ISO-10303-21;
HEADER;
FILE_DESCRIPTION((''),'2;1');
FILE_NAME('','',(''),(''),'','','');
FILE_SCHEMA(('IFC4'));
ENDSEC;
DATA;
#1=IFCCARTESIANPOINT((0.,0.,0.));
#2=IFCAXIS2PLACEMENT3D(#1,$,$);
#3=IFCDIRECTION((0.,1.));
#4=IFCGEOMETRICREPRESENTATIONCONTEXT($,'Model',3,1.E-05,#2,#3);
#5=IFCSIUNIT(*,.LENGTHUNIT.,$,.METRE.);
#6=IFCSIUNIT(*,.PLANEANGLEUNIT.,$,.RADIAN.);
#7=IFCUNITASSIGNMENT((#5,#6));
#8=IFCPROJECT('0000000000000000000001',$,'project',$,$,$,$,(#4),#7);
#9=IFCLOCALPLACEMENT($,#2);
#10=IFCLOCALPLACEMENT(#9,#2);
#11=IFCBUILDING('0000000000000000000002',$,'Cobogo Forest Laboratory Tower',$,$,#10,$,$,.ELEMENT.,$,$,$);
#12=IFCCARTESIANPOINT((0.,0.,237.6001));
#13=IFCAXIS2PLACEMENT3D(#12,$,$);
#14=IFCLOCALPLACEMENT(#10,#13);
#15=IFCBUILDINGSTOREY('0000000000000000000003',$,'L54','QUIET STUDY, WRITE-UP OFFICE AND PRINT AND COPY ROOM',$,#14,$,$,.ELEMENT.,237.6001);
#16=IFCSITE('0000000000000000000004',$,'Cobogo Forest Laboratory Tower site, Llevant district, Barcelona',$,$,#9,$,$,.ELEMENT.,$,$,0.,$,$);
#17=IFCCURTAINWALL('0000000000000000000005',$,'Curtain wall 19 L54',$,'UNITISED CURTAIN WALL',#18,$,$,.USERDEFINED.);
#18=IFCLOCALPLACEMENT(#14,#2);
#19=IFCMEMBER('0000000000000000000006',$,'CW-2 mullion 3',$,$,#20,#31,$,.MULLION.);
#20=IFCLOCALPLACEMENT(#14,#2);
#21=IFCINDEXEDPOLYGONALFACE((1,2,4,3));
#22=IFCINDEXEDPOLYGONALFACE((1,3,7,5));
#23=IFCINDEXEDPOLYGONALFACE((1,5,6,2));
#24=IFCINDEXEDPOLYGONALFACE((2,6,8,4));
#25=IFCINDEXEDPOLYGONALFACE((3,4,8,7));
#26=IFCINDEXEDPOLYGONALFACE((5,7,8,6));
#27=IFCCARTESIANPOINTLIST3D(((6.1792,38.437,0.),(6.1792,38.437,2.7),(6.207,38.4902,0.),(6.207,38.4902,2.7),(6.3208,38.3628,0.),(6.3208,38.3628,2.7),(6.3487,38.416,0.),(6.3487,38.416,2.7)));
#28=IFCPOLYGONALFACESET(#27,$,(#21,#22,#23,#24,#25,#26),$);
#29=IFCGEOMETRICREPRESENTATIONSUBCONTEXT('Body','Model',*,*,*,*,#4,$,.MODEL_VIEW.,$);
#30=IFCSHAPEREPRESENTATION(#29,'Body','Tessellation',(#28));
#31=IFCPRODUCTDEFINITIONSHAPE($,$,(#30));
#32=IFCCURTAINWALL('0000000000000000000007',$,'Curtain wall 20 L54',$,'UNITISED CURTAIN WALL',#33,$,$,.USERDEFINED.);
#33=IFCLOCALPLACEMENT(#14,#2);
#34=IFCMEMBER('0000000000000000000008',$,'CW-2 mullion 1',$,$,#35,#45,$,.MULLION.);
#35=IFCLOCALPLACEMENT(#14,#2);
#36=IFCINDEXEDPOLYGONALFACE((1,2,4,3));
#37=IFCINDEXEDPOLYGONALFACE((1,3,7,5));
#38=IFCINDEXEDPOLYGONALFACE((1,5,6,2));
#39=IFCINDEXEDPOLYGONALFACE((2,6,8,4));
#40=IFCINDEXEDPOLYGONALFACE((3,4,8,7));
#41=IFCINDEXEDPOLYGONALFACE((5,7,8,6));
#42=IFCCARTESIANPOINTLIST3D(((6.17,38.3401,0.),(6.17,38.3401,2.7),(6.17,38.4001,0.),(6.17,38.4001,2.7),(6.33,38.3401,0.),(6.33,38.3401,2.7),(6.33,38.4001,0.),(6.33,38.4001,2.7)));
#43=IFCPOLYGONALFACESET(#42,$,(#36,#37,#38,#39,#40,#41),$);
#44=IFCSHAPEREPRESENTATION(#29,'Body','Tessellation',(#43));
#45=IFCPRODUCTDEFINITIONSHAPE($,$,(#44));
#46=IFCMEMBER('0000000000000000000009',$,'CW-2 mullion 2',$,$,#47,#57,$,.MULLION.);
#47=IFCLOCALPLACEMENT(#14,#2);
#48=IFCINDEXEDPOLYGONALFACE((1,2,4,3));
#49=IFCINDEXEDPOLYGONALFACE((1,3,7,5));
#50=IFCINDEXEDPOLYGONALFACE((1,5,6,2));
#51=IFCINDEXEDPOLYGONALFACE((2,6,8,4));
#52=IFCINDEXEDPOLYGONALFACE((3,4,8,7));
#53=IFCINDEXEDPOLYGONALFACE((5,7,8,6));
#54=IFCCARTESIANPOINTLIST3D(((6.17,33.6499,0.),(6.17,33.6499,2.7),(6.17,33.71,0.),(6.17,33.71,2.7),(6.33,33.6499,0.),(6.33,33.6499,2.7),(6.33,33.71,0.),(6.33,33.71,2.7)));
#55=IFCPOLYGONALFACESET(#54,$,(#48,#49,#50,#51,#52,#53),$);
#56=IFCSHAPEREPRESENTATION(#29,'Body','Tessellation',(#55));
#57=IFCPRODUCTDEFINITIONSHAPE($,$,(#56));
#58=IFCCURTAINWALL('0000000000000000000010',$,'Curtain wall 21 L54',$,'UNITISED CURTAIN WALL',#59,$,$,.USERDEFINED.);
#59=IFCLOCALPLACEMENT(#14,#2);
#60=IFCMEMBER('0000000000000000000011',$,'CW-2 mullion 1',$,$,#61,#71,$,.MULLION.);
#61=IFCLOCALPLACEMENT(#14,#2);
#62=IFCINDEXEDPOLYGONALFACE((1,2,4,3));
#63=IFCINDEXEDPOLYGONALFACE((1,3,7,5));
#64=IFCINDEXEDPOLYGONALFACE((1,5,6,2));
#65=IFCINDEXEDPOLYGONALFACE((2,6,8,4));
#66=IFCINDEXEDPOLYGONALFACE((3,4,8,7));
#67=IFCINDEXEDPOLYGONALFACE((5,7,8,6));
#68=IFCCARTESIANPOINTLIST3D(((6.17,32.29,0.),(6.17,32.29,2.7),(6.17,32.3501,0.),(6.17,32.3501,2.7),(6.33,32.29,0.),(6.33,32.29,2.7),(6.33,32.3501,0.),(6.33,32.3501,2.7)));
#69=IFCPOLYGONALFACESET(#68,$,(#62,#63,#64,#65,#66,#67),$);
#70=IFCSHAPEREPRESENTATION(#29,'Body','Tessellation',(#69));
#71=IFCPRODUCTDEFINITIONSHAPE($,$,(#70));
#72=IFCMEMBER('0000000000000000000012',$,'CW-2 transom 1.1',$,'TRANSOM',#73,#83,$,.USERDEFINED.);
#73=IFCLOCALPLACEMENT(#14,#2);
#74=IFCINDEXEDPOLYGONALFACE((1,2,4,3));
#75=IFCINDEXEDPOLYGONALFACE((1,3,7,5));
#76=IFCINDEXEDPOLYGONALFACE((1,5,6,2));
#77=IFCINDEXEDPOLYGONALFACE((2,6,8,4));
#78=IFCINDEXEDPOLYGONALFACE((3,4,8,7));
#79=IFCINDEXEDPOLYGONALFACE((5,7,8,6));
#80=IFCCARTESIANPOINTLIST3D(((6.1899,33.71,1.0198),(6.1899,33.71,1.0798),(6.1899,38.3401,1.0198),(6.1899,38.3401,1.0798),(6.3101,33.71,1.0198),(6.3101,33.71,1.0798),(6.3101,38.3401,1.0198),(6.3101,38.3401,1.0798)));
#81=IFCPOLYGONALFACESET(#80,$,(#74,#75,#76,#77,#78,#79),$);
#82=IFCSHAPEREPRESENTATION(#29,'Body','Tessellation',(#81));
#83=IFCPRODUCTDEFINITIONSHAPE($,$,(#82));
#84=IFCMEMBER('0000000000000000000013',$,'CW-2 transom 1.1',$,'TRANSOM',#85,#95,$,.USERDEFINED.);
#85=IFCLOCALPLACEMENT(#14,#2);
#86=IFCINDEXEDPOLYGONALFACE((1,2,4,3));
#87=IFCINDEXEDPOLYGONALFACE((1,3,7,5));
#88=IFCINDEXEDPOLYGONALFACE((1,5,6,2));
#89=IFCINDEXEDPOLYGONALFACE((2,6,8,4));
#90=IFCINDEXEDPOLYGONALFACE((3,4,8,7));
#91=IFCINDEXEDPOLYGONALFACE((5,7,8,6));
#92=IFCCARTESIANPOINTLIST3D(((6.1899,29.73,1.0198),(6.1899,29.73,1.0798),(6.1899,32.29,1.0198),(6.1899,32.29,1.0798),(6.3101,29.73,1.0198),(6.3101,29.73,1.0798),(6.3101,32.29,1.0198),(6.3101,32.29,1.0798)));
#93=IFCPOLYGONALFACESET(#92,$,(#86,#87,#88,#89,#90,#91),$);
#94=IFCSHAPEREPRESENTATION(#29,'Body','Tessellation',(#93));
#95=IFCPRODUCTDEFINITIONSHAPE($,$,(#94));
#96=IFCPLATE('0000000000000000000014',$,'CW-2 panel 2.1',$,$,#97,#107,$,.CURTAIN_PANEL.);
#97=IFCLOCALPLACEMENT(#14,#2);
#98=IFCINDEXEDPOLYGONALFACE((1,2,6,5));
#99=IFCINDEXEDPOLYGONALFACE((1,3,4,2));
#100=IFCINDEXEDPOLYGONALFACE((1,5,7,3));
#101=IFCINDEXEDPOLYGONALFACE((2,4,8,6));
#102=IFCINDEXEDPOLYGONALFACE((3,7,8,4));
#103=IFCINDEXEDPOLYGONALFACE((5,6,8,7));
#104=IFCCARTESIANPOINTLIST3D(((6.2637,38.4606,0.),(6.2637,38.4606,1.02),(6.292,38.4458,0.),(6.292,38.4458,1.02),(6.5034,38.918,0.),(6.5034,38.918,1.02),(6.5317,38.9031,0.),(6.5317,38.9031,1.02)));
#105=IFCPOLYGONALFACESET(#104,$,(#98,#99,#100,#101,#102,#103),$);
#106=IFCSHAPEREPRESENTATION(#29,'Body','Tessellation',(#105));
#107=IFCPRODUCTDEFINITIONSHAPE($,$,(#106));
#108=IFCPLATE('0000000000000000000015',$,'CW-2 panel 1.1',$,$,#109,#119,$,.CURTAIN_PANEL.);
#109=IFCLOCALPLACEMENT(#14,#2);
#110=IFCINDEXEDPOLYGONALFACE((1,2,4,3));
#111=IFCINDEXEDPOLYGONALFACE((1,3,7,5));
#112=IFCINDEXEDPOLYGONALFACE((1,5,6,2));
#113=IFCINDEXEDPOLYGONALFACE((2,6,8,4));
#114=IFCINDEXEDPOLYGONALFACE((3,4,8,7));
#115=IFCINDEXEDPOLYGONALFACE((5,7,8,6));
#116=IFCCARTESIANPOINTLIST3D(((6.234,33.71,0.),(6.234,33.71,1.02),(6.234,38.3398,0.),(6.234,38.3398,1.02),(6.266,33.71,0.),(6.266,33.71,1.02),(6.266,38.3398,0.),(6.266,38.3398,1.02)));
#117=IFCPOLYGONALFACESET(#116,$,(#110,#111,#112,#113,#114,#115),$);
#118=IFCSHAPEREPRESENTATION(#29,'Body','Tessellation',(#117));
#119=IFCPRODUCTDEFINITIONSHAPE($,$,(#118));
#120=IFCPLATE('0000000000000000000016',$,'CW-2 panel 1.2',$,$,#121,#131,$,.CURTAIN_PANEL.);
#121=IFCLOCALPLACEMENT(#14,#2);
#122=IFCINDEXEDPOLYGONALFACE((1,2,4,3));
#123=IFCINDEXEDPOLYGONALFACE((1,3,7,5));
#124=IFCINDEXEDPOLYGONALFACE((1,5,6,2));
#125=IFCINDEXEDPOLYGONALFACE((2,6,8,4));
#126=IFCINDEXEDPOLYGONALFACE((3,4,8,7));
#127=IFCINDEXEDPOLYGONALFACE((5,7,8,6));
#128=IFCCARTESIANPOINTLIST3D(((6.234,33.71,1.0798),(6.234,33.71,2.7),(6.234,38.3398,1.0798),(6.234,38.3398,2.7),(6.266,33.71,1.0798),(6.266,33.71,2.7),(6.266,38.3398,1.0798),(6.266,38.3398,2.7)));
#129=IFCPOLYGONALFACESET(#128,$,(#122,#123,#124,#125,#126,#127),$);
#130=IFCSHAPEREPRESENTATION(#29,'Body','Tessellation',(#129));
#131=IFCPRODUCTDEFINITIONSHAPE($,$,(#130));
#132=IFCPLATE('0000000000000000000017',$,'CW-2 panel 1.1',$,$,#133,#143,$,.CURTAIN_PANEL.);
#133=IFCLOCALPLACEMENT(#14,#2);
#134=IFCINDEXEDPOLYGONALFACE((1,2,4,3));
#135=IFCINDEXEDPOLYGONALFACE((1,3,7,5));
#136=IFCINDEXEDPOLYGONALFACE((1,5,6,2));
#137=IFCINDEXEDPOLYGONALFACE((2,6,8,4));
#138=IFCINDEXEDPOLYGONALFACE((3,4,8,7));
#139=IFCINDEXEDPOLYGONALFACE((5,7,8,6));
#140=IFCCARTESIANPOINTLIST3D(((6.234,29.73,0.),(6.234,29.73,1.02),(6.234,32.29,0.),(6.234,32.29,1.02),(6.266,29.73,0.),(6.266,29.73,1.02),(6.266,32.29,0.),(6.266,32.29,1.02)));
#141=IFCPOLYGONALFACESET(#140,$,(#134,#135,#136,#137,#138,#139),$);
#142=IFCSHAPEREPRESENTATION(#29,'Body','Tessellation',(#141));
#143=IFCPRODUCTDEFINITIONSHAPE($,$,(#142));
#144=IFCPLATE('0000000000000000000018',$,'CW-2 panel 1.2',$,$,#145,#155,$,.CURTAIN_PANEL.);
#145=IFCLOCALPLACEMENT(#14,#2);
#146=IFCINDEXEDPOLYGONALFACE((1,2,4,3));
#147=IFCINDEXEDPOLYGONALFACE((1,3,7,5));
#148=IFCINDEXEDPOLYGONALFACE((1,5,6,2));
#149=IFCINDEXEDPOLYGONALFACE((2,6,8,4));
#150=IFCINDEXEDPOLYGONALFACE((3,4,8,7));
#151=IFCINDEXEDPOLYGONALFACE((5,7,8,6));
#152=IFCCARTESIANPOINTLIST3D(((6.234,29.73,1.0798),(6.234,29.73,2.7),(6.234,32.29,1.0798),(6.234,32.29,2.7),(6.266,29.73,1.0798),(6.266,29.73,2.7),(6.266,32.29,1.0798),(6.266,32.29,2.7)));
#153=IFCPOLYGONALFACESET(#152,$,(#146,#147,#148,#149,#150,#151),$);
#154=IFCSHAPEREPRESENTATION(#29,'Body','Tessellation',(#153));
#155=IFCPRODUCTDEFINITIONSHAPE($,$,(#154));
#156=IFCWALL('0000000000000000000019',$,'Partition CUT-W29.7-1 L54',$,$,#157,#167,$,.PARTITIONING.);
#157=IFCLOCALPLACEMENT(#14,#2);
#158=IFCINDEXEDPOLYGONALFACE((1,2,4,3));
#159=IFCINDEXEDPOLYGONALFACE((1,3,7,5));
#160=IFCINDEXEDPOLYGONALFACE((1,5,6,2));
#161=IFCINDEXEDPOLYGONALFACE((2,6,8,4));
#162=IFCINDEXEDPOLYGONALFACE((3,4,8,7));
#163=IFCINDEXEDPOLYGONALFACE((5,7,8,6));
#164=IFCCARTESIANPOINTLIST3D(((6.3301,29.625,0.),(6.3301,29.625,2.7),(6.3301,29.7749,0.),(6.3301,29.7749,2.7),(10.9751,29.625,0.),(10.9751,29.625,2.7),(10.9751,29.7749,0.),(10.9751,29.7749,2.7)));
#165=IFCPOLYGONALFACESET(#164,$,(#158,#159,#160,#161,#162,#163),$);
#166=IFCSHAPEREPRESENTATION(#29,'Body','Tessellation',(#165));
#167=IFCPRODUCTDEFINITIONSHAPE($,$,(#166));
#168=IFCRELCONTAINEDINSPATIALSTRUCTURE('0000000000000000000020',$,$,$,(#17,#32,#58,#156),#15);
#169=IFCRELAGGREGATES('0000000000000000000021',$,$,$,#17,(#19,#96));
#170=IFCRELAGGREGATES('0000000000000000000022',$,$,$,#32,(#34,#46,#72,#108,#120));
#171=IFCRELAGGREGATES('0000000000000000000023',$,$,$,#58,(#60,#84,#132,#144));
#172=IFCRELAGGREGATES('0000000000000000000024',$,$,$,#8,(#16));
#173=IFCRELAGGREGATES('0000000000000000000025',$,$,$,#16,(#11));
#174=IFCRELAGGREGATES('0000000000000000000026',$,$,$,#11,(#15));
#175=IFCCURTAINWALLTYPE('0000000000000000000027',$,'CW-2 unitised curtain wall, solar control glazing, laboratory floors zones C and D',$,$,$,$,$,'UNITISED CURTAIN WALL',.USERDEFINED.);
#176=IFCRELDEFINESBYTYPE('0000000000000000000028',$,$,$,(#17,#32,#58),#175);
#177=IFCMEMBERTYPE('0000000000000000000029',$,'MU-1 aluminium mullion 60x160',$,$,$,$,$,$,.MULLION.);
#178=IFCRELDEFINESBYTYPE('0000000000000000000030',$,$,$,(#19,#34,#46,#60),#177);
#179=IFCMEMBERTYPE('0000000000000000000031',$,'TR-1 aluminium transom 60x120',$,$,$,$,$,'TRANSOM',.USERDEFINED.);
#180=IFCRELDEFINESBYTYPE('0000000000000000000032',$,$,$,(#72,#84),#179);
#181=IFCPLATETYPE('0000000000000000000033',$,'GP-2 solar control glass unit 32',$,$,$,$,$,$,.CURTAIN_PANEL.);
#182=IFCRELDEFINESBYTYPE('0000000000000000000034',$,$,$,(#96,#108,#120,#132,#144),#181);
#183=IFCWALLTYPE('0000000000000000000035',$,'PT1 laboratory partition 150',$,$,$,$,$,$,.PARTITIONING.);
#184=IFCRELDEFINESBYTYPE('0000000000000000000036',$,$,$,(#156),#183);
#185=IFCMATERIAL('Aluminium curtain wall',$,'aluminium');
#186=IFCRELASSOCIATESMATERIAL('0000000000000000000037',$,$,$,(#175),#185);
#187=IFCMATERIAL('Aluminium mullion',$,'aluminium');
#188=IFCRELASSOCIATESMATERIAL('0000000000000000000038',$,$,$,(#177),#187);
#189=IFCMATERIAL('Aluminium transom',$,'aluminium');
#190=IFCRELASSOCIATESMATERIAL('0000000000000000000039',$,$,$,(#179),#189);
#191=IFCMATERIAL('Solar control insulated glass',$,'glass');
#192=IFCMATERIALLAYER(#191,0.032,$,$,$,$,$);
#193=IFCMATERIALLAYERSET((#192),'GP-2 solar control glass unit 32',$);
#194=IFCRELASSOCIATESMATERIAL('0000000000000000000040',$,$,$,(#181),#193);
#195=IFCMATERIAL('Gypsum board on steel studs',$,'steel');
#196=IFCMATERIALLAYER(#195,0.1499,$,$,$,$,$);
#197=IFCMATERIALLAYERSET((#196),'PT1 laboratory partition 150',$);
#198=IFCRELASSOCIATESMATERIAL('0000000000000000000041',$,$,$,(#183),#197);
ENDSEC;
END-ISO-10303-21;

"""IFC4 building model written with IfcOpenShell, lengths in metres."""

from ifc_helpers import new_model, si_unit, direction, frame, frame_2d, origin, origin_2d, place, context, subcontext, project, spatial, rectangle, extrude, material, layer, layer_set, material_profile, profile_set, type_object, element, aggregate, save


model = new_model("IFC4")

# Units and contexts
model_context = context("Model", 3, precision=1e-05, world=origin(), true_north=direction((0.0, 1.0)))
body_context = subcontext(model_context, "Body", "Model", "MODEL_VIEW")
ifc_project = project(units=[si_unit("LENGTHUNIT", "METRE"), si_unit("PLANEANGLEUNIT", "RADIAN")], contexts=[model_context])

# Site, building, storey
site_placement = place(None, origin())
site = spatial("IfcSite", under=ifc_project, at=site_placement, Name="Cobogo Forest Laboratory Tower site, Llevant district, Barcelona", CompositionType="ELEMENT", RefElevation=0.0)
building_placement = place(site_placement, origin())
building = spatial("IfcBuilding", under=site, at=building_placement, Name="Cobogo Forest Laboratory Tower", CompositionType="ELEMENT")
storey_placement = place(building_placement, frame((0.0, 0.0, 237.6001)))
storey = spatial("IfcBuildingStorey", under=building, at=storey_placement, Name="L54", Description="QUIET STUDY, WRITE-UP OFFICE AND PRINT AND COPY ROOM", CompositionType="ELEMENT", Elevation=237.6001)

# Curtain wall, member
ifc_material_1 = material(Name="Aluminium curtain wall", Category="aluminium")
curtain_wall_type = type_object("IfcCurtainWallType", Name="CW-2 unitised curtain wall, solar control glazing, laboratory floors zones C and D", ElementType="UNITISED CURTAIN WALL", PredefinedType="USERDEFINED", material=ifc_material_1)
curtain_wall_1_placement = place(storey_placement, origin())
curtain_wall_1 = element("IfcCurtainWall", 1, at=curtain_wall_1_placement, inside=storey, type_object=curtain_wall_type, Name="Curtain wall 19 L54", ObjectType="UNITISED CURTAIN WALL", PredefinedType="USERDEFINED")
ifc_material_2 = material(Name="Aluminium mullion", Category="aluminium")
ifc_material_profile_1 = material_profile(ifc_material_2, rectangle(XDim=0.0601, YDim=0.1599, at=origin_2d()), Name="AL 60x160")
ifc_profile_set_1 = profile_set([ifc_material_profile_1], Name="Aluminium mullion")
member_type_1 = type_object("IfcMemberType", Name="MU-1 aluminium mullion 60x160", PredefinedType="MULLION", material=ifc_profile_set_1)
member_1_placement = place(storey_placement, frame((6.2639, 38.4265, 0.0), z_axis=(0.0, 0.0, 1.0), x_axis=(-0.464284, -0.885686, 0.0)))
member_1 = element("IfcMember", 2, at=member_1_placement, type_object=member_type_1, Name="CW-2 mullion 3", PredefinedType="MULLION", context=body_context, shape_type="SweptSolid", body=[
    extrude(rectangle(XDim=0.0601, YDim=0.1599, at=origin_2d()), origin(), (0.0, 0.0, 1.0), 2.7),
])

# Curtain wall, members
curtain_wall_2_placement = place(storey_placement, origin())
curtain_wall_2 = element("IfcCurtainWall", 3, at=curtain_wall_2_placement, inside=storey, type_object=curtain_wall_type, Name="Curtain wall 20 L54", ObjectType="UNITISED CURTAIN WALL", PredefinedType="USERDEFINED")
member_2_placement = place(storey_placement, frame((6.25, 38.3701, 0.0), z_axis=(0.0, 0.0, 1.0), x_axis=(0.0, -1.0, 0.0)))
member_2 = element("IfcMember", 4, at=member_2_placement, type_object=member_type_1, Name="CW-2 mullion 1", PredefinedType="MULLION", context=body_context, shape_type="SweptSolid", body=[
    extrude(rectangle(XDim=0.0601, YDim=0.1599, at=origin_2d()), origin(), (0.0, 0.0, 1.0), 2.7),
])
member_3_placement = place(storey_placement, frame((6.25, 33.6799, 0.0), z_axis=(0.0, 0.0, 1.0), x_axis=(0.0, -1.0, 0.0)))
member_3 = element("IfcMember", 5, at=member_3_placement, type_object=member_type_1, Name="CW-2 mullion 2", PredefinedType="MULLION", context=body_context, shape_type="SweptSolid", body=[
    extrude(rectangle(XDim=0.0601, YDim=0.1599, at=origin_2d()), origin(), (0.0, 0.0, 1.0), 2.7),
])

# Curtain wall, member
curtain_wall_3_placement = place(storey_placement, origin())
curtain_wall_3 = element("IfcCurtainWall", 6, at=curtain_wall_3_placement, inside=storey, type_object=curtain_wall_type, Name="Curtain wall 21 L54", ObjectType="UNITISED CURTAIN WALL", PredefinedType="USERDEFINED")
member_4_placement = place(storey_placement, frame((6.25, 32.3201, 0.0), z_axis=(0.0, 0.0, 1.0), x_axis=(0.0, -1.0, 0.0)))
member_4 = element("IfcMember", 7, at=member_4_placement, type_object=member_type_1, Name="CW-2 mullion 1", PredefinedType="MULLION", context=body_context, shape_type="SweptSolid", body=[
    extrude(rectangle(XDim=0.0601, YDim=0.1599, at=origin_2d()), origin(), (0.0, 0.0, 1.0), 2.7),
])

# Members
ifc_material_3 = material(Name="Aluminium transom", Category="aluminium")
ifc_material_profile_2 = material_profile(ifc_material_3, rectangle(XDim=0.1201, YDim=0.0601, at=origin_2d()), Name="AL 60x120")
ifc_profile_set_2 = profile_set([ifc_material_profile_2], Name="Aluminium transom")
member_type_2 = type_object("IfcMemberType", Name="TR-1 aluminium transom 60x120", ElementType="TRANSOM", PredefinedType="USERDEFINED", material=ifc_profile_set_2)
member_5_placement = place(storey_placement, frame((6.25, 38.3401, 1.0498), z_axis=(0.0, -1.0, 0.0), x_axis=(1.0, 0.0, 0.0)))
member_5 = element("IfcMember", 8, at=member_5_placement, type_object=member_type_2, Name="CW-2 transom 1.1", ObjectType="TRANSOM", PredefinedType="USERDEFINED", context=body_context, shape_type="SweptSolid", body=[
    extrude(rectangle(XDim=0.1201, YDim=0.0601, at=origin_2d()), origin(), (0.0, 0.0, 1.0), 4.6301),
])
member_6_placement = place(storey_placement, frame((6.25, 32.29, 1.0498), z_axis=(0.0, -1.0, 0.0), x_axis=(1.0, 0.0, 0.0)))
member_6 = element("IfcMember", 9, at=member_6_placement, type_object=member_type_2, Name="CW-2 transom 1.1", ObjectType="TRANSOM", PredefinedType="USERDEFINED", context=body_context, shape_type="SweptSolid", body=[
    extrude(rectangle(XDim=0.1201, YDim=0.0601, at=origin_2d()), origin(), (0.0, 0.0, 1.0), 2.5601),
])

# Plates
ifc_material_4 = material(Name="Solar control insulated glass", Category="glass")
ifc_layer_1 = layer(ifc_material_4, 0.032)
ifc_layer_set_1 = layer_set([ifc_layer_1], Name="GP-2 solar control glass unit 32")
plate_type = type_object("IfcPlateType", Name="GP-2 solar control glass unit 32", PredefinedType="CURTAIN_PANEL", material=ifc_layer_set_1)
plate_1_placement = place(storey_placement, frame((6.3977, 38.6819, 0.0), z_axis=(0.0, 0.0, 1.0), x_axis=(-0.464284, -0.885686, 0.0)))
plate_1 = element("IfcPlate", 10, at=plate_1_placement, type_object=plate_type, Name="CW-2 panel 2.1", PredefinedType="CURTAIN_PANEL", context=body_context, shape_type="SweptSolid", body=[
    extrude(rectangle(XDim=0.5164, YDim=0.032, at=origin_2d()), origin(), (0.0, 0.0, 1.0), 1.02),
])
aggregate(curtain_wall_1, [member_1, plate_1])
plate_2_placement = place(storey_placement, frame((6.25, 36.0249, 0.0), z_axis=(0.0, 0.0, 1.0), x_axis=(0.0, -1.0, 0.0)))
plate_2 = element("IfcPlate", 11, at=plate_2_placement, type_object=plate_type, Name="CW-2 panel 1.1", PredefinedType="CURTAIN_PANEL", context=body_context, shape_type="SweptSolid", body=[
    extrude(rectangle(XDim=4.6299, YDim=0.032, at=origin_2d()), origin(), (0.0, 0.0, 1.0), 1.02),
])
plate_3_placement = place(storey_placement, frame((6.25, 36.0249, 1.0798), z_axis=(0.0, 0.0, 1.0), x_axis=(0.0, -1.0, 0.0)))
plate_3 = element("IfcPlate", 12, at=plate_3_placement, type_object=plate_type, Name="CW-2 panel 1.2", PredefinedType="CURTAIN_PANEL", context=body_context, shape_type="SweptSolid", body=[
    extrude(rectangle(XDim=4.6299, YDim=0.032, at=origin_2d()), origin(), (0.0, 0.0, 1.0), 1.6201),
])
aggregate(curtain_wall_2, [member_2, member_3, member_5, plate_2, plate_3])
plate_4_placement = place(storey_placement, frame((6.25, 31.01, 0.0), z_axis=(0.0, 0.0, 1.0), x_axis=(0.0, -1.0, 0.0)))
plate_4 = element("IfcPlate", 13, at=plate_4_placement, type_object=plate_type, Name="CW-2 panel 1.1", PredefinedType="CURTAIN_PANEL", context=body_context, shape_type="SweptSolid", body=[
    extrude(rectangle(XDim=2.5601, YDim=0.032, at=origin_2d()), origin(), (0.0, 0.0, 1.0), 1.02),
])
plate_5_placement = place(storey_placement, frame((6.25, 31.01, 1.0798), z_axis=(0.0, 0.0, 1.0), x_axis=(0.0, -1.0, 0.0)))
plate_5 = element("IfcPlate", 14, at=plate_5_placement, type_object=plate_type, Name="CW-2 panel 1.2", PredefinedType="CURTAIN_PANEL", context=body_context, shape_type="SweptSolid", body=[
    extrude(rectangle(XDim=2.5601, YDim=0.032, at=origin_2d()), origin(), (0.0, 0.0, 1.0), 1.6201),
])
aggregate(curtain_wall_3, [member_4, member_6, plate_4, plate_5])

# Wall
ifc_material_5 = material(Name="Gypsum board on steel studs", Category="steel")
ifc_layer_2 = layer(ifc_material_5, 0.1499)
ifc_layer_set_2 = layer_set([ifc_layer_2], Name="PT1 laboratory partition 150")
wall_type = type_object("IfcWallType", Name="PT1 laboratory partition 150", PredefinedType="PARTITIONING", material=ifc_layer_set_2)
wall_placement = place(storey_placement, frame((6.3301, 29.7, 0.0), z_axis=(0.0, 0.0, 1.0), x_axis=(1.0, 0.0, 0.0)))
element("IfcWall", 15, at=wall_placement, inside=storey, type_object=wall_type, Name="Partition CUT-W29.7-1 L54", PredefinedType="PARTITIONING", context=body_context, shape_type="SweptSolid", body=[
    extrude(rectangle(XDim=4.645, YDim=0.1499, at=frame_2d((2.3225, 0.0))), origin(), (0.0, 0.0, 1.0), 2.7),
])

save(model, "model.ifc")
